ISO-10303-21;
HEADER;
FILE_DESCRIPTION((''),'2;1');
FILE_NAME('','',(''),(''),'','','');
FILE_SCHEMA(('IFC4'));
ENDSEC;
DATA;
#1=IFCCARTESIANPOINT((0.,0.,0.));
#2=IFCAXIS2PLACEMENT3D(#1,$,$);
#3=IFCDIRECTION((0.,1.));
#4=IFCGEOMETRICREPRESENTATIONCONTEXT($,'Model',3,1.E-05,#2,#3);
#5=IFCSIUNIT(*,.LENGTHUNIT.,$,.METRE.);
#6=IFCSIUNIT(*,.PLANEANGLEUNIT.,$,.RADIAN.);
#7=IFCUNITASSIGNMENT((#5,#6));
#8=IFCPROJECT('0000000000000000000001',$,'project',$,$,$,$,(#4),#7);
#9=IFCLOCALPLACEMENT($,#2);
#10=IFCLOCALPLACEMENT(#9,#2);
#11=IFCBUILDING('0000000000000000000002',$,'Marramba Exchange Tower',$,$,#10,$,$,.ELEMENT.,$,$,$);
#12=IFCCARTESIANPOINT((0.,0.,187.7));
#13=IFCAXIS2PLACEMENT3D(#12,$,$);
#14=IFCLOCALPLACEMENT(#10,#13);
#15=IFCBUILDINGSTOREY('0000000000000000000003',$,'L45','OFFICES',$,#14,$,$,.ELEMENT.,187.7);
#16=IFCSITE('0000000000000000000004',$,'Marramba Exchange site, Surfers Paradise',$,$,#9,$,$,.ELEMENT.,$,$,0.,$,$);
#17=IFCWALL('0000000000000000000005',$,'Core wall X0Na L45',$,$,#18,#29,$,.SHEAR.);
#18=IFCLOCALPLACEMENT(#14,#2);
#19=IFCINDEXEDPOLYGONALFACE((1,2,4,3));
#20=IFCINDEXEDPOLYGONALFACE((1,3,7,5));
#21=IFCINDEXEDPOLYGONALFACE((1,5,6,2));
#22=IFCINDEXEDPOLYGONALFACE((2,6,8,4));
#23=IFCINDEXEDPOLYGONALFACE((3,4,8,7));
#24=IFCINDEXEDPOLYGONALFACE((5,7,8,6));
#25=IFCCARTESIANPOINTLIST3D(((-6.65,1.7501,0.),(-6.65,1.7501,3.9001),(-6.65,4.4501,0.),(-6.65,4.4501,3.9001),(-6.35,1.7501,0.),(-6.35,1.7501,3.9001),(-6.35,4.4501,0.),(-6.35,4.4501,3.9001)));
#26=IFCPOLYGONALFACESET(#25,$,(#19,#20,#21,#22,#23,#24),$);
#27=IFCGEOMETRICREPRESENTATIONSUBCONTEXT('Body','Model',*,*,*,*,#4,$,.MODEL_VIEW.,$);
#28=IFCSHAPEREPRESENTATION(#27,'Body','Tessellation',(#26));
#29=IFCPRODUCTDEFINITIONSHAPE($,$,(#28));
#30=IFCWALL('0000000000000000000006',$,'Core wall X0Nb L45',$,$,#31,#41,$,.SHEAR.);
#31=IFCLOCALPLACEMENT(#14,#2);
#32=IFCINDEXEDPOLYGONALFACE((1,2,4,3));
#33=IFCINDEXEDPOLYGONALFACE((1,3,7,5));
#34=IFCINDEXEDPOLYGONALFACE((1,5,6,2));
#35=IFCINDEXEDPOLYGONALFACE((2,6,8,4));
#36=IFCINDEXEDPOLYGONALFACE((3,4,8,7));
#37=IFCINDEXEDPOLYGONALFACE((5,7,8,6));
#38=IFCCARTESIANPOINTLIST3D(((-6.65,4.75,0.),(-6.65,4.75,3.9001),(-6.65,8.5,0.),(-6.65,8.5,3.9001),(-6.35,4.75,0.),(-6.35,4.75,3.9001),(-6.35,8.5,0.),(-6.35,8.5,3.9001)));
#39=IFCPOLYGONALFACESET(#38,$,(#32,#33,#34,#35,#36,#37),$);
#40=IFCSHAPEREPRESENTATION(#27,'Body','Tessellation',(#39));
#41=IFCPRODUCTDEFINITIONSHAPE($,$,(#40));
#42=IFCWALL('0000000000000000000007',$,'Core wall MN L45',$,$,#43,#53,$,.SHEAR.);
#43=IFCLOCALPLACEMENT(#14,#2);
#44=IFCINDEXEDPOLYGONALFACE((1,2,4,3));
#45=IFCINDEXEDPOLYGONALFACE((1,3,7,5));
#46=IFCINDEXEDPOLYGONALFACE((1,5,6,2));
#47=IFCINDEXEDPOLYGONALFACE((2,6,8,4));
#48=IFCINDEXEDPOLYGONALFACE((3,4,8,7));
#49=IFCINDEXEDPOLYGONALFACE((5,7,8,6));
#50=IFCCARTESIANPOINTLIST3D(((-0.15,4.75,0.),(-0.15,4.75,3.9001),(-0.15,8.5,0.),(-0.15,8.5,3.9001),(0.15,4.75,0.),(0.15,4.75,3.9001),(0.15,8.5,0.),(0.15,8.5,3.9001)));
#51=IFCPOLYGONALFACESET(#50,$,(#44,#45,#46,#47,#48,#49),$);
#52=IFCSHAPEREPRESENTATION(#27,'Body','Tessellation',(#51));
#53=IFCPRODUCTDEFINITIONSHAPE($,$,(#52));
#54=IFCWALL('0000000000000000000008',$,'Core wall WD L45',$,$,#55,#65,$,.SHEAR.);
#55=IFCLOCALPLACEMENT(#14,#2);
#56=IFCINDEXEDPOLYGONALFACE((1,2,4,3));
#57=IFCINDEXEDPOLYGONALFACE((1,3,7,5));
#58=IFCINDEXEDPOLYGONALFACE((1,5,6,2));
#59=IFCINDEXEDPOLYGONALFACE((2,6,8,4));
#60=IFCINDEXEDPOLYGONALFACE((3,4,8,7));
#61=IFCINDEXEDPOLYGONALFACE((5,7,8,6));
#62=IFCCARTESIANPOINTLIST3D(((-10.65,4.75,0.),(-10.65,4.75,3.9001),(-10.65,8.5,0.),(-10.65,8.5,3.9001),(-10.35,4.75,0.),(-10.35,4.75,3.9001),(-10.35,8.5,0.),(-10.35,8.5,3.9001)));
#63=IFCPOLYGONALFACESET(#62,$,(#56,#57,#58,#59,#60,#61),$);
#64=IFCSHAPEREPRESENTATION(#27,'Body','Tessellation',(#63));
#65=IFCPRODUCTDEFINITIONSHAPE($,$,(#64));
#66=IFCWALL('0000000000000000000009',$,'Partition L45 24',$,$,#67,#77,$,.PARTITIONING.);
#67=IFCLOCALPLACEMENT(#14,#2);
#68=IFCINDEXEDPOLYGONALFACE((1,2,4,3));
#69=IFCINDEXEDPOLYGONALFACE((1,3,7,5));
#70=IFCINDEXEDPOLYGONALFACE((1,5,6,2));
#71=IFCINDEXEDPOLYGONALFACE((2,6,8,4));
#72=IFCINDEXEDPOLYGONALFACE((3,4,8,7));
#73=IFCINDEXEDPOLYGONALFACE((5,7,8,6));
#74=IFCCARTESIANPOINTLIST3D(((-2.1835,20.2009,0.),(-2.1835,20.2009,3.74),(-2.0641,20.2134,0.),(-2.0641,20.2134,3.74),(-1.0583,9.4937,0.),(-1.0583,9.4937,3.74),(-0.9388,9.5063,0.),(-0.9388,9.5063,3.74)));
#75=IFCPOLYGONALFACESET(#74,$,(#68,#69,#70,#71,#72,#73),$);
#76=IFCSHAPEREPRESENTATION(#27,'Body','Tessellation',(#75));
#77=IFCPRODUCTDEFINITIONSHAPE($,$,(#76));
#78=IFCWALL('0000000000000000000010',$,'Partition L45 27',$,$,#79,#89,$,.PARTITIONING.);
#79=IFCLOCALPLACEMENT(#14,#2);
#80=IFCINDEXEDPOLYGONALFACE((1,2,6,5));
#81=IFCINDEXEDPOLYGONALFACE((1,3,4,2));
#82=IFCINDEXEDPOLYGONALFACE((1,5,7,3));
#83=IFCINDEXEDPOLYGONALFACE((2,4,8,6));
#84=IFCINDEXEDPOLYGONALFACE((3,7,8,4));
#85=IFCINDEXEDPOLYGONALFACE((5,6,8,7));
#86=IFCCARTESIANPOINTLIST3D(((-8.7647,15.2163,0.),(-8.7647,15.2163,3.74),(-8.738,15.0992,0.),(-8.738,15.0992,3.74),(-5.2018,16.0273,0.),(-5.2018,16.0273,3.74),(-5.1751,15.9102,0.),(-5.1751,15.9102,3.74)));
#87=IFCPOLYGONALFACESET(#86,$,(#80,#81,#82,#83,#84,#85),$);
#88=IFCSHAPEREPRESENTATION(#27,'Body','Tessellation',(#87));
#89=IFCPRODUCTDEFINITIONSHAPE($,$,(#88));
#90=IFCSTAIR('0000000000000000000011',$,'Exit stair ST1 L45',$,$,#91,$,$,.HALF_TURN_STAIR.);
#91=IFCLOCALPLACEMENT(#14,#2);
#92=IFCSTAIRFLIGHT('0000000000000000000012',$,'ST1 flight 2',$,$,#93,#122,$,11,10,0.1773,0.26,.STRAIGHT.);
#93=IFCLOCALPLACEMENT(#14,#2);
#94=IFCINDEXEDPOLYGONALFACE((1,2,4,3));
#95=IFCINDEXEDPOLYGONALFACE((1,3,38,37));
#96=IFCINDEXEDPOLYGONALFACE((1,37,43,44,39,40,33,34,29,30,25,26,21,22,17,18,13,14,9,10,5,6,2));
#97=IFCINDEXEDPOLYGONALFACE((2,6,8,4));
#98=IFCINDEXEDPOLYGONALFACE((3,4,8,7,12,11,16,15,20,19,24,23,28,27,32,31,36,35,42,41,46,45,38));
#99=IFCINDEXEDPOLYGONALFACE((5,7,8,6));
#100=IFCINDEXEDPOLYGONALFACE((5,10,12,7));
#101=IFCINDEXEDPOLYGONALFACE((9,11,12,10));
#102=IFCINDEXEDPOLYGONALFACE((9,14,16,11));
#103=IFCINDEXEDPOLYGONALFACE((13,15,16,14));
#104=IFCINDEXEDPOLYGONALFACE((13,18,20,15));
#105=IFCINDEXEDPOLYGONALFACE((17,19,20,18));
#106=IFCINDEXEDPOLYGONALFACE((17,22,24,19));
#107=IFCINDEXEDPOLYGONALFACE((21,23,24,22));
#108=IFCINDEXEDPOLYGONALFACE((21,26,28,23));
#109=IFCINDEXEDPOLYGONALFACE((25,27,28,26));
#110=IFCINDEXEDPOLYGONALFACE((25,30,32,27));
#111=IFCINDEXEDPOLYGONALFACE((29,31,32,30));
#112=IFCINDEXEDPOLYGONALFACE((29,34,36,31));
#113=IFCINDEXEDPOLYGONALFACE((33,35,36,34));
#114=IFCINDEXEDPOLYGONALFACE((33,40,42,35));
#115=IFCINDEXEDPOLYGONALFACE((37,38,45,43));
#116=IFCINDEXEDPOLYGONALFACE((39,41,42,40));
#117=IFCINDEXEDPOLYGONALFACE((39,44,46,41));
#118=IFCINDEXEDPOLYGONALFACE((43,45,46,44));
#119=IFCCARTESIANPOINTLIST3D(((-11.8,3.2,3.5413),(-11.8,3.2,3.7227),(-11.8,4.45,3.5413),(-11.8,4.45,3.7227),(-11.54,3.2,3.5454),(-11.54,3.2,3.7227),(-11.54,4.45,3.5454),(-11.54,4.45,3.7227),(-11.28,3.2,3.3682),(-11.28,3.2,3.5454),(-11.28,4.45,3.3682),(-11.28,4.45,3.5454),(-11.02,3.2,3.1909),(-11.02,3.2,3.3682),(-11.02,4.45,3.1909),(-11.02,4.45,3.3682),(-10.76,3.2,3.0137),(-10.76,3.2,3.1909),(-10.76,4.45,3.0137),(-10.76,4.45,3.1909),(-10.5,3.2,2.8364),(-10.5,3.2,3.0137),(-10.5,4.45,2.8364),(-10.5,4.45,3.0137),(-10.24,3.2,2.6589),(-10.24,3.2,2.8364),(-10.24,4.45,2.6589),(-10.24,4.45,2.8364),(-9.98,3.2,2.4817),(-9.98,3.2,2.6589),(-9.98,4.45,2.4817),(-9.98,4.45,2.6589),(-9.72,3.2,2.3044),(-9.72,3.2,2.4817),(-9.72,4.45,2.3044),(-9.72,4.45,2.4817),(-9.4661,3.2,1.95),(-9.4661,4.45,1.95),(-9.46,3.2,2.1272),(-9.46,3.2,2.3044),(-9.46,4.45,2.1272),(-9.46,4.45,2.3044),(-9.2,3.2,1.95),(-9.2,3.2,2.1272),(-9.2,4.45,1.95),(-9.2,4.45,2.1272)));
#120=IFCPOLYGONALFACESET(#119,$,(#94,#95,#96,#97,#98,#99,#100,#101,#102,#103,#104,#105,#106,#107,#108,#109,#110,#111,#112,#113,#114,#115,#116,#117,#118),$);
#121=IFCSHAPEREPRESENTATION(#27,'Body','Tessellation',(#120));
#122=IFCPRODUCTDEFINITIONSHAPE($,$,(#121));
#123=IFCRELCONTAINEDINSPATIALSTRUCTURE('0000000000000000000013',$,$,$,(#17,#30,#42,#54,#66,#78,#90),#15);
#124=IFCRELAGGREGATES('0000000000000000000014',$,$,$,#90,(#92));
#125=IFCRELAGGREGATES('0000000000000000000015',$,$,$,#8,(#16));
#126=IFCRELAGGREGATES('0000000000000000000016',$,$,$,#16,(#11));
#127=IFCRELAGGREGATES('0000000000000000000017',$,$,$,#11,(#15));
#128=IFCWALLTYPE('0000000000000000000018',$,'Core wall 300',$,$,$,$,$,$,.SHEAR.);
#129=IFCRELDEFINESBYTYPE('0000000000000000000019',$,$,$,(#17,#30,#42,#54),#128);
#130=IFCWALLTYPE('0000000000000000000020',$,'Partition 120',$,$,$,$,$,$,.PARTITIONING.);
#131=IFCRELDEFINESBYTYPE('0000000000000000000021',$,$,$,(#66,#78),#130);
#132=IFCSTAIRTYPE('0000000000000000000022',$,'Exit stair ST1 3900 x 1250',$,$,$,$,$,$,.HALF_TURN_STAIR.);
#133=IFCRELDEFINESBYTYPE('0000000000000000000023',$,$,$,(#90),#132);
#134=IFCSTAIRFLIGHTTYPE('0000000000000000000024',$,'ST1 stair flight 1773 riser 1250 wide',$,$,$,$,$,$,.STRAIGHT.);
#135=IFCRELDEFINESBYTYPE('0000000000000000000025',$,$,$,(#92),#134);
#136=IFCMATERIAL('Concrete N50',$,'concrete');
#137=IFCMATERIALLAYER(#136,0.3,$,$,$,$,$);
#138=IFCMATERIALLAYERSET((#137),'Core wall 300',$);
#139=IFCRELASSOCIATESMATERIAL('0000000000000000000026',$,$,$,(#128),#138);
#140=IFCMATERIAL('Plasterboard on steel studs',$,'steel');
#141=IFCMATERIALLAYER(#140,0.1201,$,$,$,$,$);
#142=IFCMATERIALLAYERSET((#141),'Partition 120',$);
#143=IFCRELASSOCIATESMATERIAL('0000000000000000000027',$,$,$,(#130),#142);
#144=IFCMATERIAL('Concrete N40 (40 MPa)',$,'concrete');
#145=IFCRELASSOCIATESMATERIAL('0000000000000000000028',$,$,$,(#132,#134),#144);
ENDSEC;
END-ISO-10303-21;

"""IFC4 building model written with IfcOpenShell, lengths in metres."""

from ifc_helpers import new_model, si_unit, direction, frame, frame_2d, origin, place, context, subcontext, project, spatial, polyline, rectangle, outline, extrude, material, layer, layer_set, type_object, element, aggregate, save


model = new_model("IFC4")

# Units and contexts
model_context = context("Model", 3, precision=1e-05, world=origin(), true_north=direction((0.0, 1.0)))
body_context = subcontext(model_context, "Body", "Model", "MODEL_VIEW")
ifc_project = project(units=[si_unit("LENGTHUNIT", "METRE"), si_unit("PLANEANGLEUNIT", "RADIAN")], contexts=[model_context])

# Site, building, storey
site_placement = place(None, origin())
site = spatial("IfcSite", under=ifc_project, at=site_placement, Name="Marramba Exchange site, Surfers Paradise", CompositionType="ELEMENT", RefElevation=0.0)
building_placement = place(site_placement, origin())
building = spatial("IfcBuilding", under=site, at=building_placement, Name="Marramba Exchange Tower", CompositionType="ELEMENT")
storey_placement = place(building_placement, frame((0.0, 0.0, 187.7)))
storey = spatial("IfcBuildingStorey", under=building, at=storey_placement, Name="L45", Description="OFFICES", CompositionType="ELEMENT", Elevation=187.7)

# Walls
ifc_material_1 = material(Name="Concrete N50", Category="concrete")
ifc_layer_1 = layer(ifc_material_1, 0.3)
ifc_layer_set_1 = layer_set([ifc_layer_1], Name="Core wall 300")
wall_type_1 = type_object("IfcWallType", Name="Core wall 300", PredefinedType="SHEAR", material=ifc_layer_set_1)
wall_1_placement = place(storey_placement, frame((-6.5, 1.75, 0.0), z_axis=(0.0, 0.0, 1.0), x_axis=(0.0, 1.0, 0.0)))
element("IfcWall", 1, at=wall_1_placement, inside=storey, type_object=wall_type_1, Name="Core wall X0Na L45", PredefinedType="SHEAR", context=body_context, shape_type="SweptSolid", body=[
    extrude(rectangle(XDim=2.7, YDim=0.3, at=frame_2d((1.3501, 0.0))), origin(), (0.0, 0.0, 1.0), 3.9001),
])
for number, where, z_axis, x_axis, name in (
    (2, (-6.5, 4.75, 0.0), (0.0, 0.0, 1.0), (0.0, 1.0, 0.0), "Core wall X0Nb L45"),
    (3, (0.0, 4.75, 0.0), (0.0, 0.0, 1.0), (0.0, 1.0, 0.0), "Core wall MN L45"),
    (4, (-10.5, 4.75, 0.0), (0.0, 0.0, 1.0), (0.0, 1.0, 0.0), "Core wall WD L45"),
):
    element("IfcWall", number, at=place(storey_placement, frame(where, z_axis=z_axis, x_axis=x_axis)), inside=storey, type_object=wall_type_1, Name=name, PredefinedType="SHEAR", context=body_context, shape_type="SweptSolid", body=[
        extrude(rectangle(XDim=3.75, YDim=0.3, at=frame_2d((1.875, 0.0))), origin(), (0.0, 0.0, 1.0), 3.9001),
    ])
ifc_material_2 = material(Name="Plasterboard on steel studs", Category="steel")
ifc_layer_2 = layer(ifc_material_2, 0.1201)
ifc_layer_set_2 = layer_set([ifc_layer_2], Name="Partition 120")
wall_type_2 = type_object("IfcWallType", Name="Partition 120", PredefinedType="PARTITIONING", material=ifc_layer_set_2)
wall_2_placement = place(storey_placement, frame((-0.9985, 9.5, 0.0), z_axis=(0.0, 0.0, 1.0), x_axis=(-0.104518, 0.994523, 0.0)))
element("IfcWall", 5, at=wall_2_placement, inside=storey, type_object=wall_type_2, Name="Partition L45 24", PredefinedType="PARTITIONING", context=body_context, shape_type="SweptSolid", body=[
    extrude(rectangle(XDim=10.7661, YDim=0.1201, at=frame_2d((5.3831, 0.0))), origin(), (0.0, 0.0, 1.0), 3.74),
])

# Wall
wall_3_placement = place(storey_placement, frame((-8.7515, 15.1577, 0.0), z_axis=(0.0, 0.0, 1.0), x_axis=(0.975058, 0.22195, 0.0)))
element("IfcWall", 6, at=wall_3_placement, inside=storey, type_object=wall_type_2, Name="Partition L45 27", PredefinedType="PARTITIONING", context=body_context, shape_type="SweptSolid", body=[
    extrude(rectangle(XDim=3.6541, YDim=0.1201, at=frame_2d((1.8271, 0.0))), origin(), (0.0, 0.0, 1.0), 3.74),
])

# Stair, stair flight
ifc_material_3 = material(Name="Concrete N40 (40 MPa)", Category="concrete")
stair_type = type_object("IfcStairType", Name="Exit stair ST1 3900 x 1250", PredefinedType="HALF_TURN_STAIR", material=ifc_material_3)
stair_placement = place(storey_placement, origin())
stair = element("IfcStair", 7, at=stair_placement, inside=storey, type_object=stair_type, Name="Exit stair ST1 L45", PredefinedType="HALF_TURN_STAIR")
stair_flight_type = type_object("IfcStairFlightType", Name="ST1 stair flight 1773 riser 1250 wide", PredefinedType="STRAIGHT", material=ifc_material_3)
stair_flight_placement = place(storey_placement, frame((-9.2, 3.825, 1.95), z_axis=(0.0, 0.0, 1.0), x_axis=(-1.0, 0.0, 0.0)))
stair_flight = element("IfcStairFlight", 8, at=stair_flight_placement, type_object=stair_flight_type, Name="ST1 flight 2", NumberOfRisers=11, NumberOfTreads=10, PredefinedType="STRAIGHT", RiserHeight=0.1773, TreadLength=0.26, context=body_context, shape_type="SweptSolid", body=[
    extrude(outline(polyline([(0.0, 0.0), (0.0, 0.1772), (0.26, 0.1772), (0.26, 0.3545), (0.52, 0.3545), (0.52, 0.5317), (0.78, 0.5317), (0.78, 0.709), (1.04, 0.709), (1.04, 0.8865), (1.3, 0.8865), (1.3, 1.0637), (1.5601, 1.0637), (1.5601, 1.241), (1.8201, 1.241), (1.8201, 1.4182), (2.0801, 1.4182), (2.0801, 1.5955), (2.3401, 1.5955), (2.3401, 1.7727), (2.6001, 1.7727), (2.6001, 1.95), (2.6001, 1.5913), (0.2661, 0.0), (0.0, 0.0)])), frame((0.0, 0.625, 0.0), z_axis=(0.0, -1.0, 0.0), x_axis=(1.0, 0.0, 0.0)), (0.0, 0.0, 1.0), 1.25),
])
aggregate(stair, [stair_flight])

save(model, "model.ifc")
